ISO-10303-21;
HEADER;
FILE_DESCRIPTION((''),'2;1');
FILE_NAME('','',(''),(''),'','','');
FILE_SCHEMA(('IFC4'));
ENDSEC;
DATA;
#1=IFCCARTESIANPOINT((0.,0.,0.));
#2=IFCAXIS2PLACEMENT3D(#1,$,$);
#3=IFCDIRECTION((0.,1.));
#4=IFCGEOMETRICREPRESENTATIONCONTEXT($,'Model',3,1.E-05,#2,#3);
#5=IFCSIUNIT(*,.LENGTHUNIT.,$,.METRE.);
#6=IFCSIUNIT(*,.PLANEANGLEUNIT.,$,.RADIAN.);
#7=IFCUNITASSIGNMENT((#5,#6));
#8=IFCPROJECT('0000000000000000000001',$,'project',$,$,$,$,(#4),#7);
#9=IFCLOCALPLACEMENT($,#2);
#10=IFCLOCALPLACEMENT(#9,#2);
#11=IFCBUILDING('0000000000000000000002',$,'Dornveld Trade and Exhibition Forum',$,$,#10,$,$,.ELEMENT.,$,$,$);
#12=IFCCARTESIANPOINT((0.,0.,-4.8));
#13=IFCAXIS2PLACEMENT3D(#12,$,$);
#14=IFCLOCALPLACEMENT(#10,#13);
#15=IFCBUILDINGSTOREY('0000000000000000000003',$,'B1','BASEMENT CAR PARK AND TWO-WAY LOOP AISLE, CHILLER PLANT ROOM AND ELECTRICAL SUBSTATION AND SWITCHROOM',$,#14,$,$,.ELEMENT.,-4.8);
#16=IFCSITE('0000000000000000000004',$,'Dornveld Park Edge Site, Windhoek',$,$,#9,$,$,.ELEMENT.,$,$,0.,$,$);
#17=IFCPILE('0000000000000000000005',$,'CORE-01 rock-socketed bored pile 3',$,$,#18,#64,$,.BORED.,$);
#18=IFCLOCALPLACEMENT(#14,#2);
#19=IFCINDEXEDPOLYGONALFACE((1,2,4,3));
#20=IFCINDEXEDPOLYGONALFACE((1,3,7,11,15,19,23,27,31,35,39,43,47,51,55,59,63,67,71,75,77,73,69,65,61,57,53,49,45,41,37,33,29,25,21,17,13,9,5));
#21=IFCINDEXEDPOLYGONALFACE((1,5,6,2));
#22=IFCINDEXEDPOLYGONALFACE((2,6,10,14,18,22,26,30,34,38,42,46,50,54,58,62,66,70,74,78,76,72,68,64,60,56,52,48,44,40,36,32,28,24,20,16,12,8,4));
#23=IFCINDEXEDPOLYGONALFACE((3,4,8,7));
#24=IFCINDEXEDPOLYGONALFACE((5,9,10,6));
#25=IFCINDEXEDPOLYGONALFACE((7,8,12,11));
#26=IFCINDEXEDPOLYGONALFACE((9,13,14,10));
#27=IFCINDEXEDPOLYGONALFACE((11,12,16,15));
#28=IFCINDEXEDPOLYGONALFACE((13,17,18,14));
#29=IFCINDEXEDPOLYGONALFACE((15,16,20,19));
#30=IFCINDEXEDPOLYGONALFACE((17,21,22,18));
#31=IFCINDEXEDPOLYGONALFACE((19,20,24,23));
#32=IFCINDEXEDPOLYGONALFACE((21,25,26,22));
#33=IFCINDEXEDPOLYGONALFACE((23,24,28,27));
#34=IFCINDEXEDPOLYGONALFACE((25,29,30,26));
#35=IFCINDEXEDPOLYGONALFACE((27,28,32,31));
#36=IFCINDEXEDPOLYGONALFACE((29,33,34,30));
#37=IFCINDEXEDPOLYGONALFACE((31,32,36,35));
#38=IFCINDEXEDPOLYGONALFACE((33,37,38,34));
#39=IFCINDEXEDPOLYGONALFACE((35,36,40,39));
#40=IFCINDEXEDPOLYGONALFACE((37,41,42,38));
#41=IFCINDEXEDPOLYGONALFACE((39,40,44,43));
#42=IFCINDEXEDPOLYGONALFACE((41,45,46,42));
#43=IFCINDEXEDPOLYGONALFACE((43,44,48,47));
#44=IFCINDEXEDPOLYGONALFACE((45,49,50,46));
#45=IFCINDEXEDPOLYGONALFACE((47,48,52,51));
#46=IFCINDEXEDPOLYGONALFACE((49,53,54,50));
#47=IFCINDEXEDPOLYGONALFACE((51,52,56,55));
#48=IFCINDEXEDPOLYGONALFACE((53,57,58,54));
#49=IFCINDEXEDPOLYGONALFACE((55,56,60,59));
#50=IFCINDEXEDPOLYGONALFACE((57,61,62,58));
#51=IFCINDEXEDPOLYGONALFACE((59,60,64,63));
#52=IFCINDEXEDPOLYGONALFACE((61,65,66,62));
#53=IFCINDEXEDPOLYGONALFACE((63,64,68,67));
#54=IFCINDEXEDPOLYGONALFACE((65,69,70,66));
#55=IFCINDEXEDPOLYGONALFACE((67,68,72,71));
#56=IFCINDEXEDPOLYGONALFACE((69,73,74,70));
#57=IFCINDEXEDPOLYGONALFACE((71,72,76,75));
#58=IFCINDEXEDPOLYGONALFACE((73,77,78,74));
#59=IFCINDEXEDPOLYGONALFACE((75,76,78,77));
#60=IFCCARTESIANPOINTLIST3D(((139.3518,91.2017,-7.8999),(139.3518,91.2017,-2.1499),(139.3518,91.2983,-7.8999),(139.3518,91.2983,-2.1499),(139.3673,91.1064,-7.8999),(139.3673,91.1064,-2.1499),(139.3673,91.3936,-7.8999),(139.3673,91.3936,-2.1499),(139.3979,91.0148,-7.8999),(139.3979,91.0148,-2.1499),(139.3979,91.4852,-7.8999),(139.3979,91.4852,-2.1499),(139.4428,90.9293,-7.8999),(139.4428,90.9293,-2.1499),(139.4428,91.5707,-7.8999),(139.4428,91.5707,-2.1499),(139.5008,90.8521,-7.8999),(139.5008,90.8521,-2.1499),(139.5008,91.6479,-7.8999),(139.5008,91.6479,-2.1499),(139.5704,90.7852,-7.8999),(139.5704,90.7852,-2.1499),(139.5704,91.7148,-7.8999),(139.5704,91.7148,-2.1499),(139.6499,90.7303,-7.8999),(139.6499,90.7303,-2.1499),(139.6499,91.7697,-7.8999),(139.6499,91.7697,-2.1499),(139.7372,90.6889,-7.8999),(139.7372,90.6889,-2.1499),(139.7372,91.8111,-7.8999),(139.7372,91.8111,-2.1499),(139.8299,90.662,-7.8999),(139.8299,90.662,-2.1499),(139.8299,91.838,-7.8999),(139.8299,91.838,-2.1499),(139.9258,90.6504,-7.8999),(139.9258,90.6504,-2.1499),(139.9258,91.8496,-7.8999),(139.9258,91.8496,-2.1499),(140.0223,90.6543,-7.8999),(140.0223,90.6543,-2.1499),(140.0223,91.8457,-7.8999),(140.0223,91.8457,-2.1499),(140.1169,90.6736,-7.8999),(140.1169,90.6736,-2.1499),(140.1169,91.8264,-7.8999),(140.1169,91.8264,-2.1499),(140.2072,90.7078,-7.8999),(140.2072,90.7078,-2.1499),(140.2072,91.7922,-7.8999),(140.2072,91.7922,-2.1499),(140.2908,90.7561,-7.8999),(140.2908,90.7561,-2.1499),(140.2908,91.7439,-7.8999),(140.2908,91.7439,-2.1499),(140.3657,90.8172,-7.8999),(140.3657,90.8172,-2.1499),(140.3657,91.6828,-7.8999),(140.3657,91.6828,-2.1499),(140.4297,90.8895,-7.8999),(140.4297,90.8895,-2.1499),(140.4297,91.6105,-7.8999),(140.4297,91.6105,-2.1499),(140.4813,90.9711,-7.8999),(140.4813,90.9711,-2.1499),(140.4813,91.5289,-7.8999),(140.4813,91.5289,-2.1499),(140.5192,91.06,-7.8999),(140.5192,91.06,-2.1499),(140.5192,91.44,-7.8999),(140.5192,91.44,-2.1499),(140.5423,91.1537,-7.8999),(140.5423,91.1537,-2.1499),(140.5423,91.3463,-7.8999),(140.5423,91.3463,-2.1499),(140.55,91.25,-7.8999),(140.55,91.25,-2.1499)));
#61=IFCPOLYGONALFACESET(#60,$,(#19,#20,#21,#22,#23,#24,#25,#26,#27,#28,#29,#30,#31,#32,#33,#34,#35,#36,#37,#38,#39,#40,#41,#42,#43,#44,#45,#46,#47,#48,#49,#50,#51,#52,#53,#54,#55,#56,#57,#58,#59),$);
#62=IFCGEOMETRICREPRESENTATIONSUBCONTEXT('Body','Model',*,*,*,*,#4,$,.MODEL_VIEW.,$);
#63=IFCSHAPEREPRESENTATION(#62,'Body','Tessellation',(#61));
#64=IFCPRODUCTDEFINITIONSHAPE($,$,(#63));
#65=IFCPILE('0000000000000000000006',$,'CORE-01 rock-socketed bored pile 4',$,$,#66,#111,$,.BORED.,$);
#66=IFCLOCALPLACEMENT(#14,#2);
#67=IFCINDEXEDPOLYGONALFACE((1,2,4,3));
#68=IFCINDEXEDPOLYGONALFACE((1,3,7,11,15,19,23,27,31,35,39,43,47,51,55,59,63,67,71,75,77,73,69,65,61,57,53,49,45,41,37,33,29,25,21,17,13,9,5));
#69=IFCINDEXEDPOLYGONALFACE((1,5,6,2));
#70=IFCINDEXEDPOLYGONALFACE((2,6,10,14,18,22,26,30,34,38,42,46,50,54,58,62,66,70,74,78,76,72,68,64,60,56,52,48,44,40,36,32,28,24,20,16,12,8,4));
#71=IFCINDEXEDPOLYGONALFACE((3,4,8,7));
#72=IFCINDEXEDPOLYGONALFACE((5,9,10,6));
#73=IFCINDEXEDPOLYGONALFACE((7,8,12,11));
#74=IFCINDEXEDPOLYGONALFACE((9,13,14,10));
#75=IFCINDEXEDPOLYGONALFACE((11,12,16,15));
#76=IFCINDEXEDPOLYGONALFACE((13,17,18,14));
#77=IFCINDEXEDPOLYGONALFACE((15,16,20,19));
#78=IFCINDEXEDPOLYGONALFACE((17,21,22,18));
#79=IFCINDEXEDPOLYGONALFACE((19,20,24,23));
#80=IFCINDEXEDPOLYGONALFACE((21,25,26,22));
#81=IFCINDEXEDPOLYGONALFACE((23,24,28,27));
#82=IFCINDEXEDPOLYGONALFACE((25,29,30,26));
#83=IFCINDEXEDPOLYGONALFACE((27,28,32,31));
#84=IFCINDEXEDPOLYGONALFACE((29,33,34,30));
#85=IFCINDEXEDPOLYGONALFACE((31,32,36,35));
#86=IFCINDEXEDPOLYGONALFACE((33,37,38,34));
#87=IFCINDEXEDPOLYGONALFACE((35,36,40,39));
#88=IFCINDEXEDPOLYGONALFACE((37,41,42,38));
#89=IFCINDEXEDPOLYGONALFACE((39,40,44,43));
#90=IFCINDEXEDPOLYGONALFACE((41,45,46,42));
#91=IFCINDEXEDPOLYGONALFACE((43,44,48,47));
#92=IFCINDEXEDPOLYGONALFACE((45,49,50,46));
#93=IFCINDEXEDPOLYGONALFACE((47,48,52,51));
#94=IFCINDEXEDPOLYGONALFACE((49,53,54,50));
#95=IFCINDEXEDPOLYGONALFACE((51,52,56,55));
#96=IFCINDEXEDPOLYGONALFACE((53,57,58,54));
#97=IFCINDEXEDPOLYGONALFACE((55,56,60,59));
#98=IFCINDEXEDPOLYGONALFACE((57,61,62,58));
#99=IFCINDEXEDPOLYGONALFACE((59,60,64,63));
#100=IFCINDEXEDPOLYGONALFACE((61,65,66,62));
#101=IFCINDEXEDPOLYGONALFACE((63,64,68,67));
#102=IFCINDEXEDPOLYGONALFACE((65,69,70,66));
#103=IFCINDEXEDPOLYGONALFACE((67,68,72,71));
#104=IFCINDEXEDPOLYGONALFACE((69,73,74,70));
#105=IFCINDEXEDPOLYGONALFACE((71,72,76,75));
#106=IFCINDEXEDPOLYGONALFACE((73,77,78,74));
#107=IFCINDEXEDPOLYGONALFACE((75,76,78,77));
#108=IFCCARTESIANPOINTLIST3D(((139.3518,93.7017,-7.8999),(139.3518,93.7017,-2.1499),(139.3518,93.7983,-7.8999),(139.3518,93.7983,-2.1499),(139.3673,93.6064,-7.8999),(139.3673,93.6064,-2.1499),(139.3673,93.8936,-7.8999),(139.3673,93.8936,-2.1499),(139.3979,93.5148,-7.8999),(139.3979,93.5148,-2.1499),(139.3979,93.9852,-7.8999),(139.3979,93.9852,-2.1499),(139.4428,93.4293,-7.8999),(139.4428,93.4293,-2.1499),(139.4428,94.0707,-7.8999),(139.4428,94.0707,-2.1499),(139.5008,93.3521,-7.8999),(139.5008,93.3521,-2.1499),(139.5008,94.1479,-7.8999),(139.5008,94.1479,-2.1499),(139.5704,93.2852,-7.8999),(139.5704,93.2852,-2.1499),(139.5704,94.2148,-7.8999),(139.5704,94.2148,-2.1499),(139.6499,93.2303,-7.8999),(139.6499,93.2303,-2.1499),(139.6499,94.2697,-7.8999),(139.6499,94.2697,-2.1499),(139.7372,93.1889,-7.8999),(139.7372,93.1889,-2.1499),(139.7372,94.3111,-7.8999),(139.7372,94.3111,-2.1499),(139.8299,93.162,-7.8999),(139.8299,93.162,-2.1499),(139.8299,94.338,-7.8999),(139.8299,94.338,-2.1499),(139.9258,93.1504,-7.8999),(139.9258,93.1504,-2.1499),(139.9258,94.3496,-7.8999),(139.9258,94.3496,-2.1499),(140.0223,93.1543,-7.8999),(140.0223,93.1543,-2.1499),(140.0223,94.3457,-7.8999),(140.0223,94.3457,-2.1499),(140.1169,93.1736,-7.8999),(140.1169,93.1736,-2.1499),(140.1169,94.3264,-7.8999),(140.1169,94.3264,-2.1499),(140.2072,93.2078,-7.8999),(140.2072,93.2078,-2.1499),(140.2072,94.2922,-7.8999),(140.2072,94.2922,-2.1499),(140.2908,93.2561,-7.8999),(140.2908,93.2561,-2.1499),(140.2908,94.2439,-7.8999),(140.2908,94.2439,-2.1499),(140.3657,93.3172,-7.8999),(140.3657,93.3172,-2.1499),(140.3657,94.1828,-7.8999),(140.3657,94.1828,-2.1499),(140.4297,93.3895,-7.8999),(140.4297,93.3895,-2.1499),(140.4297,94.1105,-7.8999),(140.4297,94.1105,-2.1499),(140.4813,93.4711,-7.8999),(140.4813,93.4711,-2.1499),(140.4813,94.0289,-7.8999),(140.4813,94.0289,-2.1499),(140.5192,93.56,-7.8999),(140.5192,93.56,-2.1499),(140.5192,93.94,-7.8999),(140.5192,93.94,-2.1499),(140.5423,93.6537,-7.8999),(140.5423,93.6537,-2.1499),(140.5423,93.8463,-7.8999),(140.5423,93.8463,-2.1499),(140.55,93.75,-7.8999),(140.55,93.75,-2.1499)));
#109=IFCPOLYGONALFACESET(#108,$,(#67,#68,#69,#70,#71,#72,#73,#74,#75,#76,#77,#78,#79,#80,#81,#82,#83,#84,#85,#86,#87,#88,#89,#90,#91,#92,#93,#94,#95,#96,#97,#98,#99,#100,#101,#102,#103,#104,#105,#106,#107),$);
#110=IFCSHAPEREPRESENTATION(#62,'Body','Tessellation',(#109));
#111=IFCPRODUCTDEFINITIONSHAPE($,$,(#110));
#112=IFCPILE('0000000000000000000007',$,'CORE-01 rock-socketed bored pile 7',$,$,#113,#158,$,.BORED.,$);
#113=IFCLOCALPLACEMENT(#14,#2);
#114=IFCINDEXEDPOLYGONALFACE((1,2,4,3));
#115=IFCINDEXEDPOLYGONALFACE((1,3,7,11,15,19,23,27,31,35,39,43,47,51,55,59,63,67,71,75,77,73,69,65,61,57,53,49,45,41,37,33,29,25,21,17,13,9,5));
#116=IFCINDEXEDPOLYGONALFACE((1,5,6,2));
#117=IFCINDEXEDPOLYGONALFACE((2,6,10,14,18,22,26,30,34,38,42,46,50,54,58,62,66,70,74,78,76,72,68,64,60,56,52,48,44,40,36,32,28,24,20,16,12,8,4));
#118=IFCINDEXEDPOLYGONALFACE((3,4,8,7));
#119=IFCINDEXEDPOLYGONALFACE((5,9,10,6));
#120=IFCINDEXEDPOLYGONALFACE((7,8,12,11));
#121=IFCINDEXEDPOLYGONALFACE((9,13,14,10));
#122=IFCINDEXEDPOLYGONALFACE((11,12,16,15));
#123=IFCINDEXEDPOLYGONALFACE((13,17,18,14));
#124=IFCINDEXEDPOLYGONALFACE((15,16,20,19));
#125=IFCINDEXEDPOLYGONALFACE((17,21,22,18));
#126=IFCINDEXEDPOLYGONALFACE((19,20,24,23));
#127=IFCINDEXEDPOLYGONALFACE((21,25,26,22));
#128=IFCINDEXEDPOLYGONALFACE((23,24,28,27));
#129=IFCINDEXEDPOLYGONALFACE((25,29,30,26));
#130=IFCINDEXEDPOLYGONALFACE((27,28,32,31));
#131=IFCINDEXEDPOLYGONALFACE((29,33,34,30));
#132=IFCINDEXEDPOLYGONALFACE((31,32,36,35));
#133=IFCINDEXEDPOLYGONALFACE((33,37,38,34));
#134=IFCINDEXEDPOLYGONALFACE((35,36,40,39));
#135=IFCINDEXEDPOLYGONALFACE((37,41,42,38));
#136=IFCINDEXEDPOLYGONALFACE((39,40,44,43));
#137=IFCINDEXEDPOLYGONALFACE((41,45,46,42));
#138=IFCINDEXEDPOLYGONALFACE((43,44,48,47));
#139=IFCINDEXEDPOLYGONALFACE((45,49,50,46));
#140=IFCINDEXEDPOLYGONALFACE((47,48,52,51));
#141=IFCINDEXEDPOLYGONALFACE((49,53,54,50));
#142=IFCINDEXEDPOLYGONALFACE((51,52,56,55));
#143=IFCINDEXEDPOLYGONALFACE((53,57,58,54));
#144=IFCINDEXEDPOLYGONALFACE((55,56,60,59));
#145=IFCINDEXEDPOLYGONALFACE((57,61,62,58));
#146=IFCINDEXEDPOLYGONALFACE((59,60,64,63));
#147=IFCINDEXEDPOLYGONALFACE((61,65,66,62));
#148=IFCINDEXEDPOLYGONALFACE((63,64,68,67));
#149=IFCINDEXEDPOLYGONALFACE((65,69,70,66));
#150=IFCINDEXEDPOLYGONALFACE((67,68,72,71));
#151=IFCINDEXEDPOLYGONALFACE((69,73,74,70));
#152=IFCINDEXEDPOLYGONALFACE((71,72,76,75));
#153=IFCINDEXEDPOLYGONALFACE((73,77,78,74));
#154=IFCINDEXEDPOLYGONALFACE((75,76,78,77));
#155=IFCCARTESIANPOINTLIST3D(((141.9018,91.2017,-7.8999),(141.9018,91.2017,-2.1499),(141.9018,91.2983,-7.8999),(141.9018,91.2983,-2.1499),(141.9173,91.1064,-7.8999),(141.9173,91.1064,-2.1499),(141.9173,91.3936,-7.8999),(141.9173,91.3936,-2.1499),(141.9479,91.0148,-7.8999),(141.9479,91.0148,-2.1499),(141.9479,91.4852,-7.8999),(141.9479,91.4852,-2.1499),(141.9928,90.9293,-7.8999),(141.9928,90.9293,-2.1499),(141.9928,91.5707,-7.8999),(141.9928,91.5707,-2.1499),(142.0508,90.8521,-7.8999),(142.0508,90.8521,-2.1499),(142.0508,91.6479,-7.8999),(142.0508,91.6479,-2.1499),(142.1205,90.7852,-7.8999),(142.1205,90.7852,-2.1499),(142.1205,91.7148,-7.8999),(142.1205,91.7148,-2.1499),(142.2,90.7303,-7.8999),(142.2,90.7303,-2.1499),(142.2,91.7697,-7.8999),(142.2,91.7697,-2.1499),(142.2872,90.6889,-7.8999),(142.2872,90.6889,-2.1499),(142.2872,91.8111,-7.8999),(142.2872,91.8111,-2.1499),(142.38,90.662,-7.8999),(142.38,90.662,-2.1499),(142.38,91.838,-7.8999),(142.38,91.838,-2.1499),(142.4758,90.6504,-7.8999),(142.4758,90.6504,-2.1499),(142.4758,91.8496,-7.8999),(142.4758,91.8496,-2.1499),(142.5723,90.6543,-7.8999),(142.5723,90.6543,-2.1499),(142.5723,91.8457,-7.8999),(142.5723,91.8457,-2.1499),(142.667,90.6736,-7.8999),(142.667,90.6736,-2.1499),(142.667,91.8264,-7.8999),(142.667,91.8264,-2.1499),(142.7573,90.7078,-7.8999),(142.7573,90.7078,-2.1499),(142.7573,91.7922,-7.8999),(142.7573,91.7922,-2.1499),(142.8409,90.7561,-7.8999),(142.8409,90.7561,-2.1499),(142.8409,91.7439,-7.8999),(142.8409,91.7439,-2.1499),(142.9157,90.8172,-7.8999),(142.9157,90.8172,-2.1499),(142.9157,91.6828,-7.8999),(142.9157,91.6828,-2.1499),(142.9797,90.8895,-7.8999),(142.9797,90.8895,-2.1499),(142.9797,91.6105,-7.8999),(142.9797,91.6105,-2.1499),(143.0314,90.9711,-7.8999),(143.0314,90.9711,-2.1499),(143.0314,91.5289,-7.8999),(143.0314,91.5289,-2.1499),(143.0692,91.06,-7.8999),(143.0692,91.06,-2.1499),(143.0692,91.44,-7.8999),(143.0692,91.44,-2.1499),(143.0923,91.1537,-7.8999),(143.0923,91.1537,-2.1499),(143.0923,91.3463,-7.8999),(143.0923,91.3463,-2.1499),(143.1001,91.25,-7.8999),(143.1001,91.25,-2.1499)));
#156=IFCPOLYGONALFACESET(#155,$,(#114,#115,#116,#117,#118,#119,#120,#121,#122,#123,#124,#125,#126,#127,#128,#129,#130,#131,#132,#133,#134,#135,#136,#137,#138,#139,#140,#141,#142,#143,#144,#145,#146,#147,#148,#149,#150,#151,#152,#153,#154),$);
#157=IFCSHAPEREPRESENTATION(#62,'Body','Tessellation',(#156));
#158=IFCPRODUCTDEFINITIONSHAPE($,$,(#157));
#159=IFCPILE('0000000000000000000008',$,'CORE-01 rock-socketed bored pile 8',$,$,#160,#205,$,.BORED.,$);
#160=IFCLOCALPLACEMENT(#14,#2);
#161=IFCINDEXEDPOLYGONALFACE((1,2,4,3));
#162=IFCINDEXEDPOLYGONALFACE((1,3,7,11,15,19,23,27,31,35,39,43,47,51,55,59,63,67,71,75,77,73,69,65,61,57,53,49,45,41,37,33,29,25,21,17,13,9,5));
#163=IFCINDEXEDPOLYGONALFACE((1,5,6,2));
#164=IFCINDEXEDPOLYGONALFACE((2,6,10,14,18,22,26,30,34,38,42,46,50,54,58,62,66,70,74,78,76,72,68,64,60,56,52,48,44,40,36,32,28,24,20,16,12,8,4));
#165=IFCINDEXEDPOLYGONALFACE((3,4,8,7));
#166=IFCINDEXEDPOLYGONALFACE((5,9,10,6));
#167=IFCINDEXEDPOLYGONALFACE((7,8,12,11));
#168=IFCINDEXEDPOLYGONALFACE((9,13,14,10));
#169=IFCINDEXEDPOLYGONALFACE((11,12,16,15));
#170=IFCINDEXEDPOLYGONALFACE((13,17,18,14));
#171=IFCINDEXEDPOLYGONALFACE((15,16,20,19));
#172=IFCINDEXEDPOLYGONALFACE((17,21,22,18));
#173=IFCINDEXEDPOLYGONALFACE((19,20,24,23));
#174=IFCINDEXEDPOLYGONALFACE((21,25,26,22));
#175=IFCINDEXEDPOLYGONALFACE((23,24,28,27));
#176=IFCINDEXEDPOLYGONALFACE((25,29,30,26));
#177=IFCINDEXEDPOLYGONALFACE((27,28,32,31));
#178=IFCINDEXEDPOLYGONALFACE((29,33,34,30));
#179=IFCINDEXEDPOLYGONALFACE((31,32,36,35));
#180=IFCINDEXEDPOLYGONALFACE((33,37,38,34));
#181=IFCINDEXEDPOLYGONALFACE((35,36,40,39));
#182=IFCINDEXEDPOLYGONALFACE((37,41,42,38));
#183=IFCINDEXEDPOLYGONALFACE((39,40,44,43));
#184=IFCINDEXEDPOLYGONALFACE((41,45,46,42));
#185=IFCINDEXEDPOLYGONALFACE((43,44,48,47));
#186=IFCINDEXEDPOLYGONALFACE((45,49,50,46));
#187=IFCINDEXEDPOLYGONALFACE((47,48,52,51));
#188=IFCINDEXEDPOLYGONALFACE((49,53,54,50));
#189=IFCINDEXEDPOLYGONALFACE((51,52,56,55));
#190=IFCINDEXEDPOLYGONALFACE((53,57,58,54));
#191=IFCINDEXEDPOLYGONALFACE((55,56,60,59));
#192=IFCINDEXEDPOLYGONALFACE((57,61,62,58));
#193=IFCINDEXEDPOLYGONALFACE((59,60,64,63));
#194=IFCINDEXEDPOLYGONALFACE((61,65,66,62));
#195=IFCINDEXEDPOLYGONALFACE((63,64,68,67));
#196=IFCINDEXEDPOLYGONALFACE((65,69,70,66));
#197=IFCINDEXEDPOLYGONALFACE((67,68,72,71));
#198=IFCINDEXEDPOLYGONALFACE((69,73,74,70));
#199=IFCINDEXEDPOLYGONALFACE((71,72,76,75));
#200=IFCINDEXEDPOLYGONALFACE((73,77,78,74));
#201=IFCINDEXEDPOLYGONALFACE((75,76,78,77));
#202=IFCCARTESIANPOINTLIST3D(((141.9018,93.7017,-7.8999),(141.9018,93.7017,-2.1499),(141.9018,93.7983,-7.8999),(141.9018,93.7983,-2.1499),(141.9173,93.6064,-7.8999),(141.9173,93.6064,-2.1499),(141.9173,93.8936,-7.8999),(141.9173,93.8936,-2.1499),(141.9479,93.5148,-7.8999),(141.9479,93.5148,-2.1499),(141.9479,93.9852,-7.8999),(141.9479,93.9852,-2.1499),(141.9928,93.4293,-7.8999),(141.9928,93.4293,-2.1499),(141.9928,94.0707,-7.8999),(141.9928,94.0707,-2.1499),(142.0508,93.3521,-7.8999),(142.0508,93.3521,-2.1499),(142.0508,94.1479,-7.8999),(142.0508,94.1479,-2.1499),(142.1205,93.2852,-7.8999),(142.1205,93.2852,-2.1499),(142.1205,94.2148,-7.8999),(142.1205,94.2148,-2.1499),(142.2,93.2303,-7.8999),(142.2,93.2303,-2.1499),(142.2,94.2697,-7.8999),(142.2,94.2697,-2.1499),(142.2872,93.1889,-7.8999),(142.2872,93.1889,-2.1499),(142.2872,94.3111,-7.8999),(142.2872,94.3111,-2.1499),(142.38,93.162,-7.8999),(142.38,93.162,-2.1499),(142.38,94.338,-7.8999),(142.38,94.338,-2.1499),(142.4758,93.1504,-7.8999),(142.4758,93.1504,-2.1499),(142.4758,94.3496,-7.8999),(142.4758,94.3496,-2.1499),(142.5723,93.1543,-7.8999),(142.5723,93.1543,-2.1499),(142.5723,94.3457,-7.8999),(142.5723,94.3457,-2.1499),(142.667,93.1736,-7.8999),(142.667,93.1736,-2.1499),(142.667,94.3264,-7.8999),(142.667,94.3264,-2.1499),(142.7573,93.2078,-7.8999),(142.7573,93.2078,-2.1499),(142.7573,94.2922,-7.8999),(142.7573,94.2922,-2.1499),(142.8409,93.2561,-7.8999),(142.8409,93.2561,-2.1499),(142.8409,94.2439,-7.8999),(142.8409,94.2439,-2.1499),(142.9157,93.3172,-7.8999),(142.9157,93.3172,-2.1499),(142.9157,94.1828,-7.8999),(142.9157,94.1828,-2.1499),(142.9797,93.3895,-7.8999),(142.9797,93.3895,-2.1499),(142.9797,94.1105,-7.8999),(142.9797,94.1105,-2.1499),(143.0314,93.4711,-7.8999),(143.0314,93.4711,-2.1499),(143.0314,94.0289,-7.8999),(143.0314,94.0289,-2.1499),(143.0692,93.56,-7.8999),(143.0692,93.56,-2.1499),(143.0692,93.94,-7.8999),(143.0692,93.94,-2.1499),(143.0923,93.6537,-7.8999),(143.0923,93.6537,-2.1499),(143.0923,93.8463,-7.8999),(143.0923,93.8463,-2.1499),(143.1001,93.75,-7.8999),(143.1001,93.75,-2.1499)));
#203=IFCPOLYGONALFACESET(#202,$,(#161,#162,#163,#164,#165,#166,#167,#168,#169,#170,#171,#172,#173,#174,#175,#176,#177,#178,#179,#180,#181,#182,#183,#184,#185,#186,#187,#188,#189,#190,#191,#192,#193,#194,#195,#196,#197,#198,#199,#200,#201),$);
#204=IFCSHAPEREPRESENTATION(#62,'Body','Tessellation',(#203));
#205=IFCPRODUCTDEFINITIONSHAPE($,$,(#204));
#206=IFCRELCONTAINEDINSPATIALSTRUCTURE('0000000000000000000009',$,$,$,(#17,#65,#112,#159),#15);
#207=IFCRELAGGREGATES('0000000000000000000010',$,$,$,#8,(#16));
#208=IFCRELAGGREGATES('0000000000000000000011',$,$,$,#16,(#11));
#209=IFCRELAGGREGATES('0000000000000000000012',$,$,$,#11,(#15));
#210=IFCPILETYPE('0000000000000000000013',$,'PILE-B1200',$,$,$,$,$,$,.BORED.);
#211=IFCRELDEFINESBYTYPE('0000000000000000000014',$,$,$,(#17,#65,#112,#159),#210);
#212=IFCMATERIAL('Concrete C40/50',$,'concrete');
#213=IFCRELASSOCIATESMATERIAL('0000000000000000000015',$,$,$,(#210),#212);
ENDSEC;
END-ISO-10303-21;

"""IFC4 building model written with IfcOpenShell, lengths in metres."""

from ifc_helpers import new_model, si_unit, direction, frame, origin, origin_2d, place, context, subcontext, project, spatial, circle, extrude, material, material_profile, profile_set, type_object, element, save


model = new_model("IFC4")

# Units and contexts
model_context = context("Model", 3, precision=1e-05, world=origin(), true_north=direction((0.0, 1.0)))
body_context = subcontext(model_context, "Body", "Model", "MODEL_VIEW")
ifc_project = project(units=[si_unit("LENGTHUNIT", "METRE"), si_unit("PLANEANGLEUNIT", "RADIAN")], contexts=[model_context])

# Site, building, storey
site_placement = place(None, origin())
site = spatial("IfcSite", under=ifc_project, at=site_placement, Name="Dornveld Park Edge Site, Windhoek", CompositionType="ELEMENT", RefElevation=0.0)
building_placement = place(site_placement, origin())
building = spatial("IfcBuilding", under=site, at=building_placement, Name="Dornveld Trade and Exhibition Forum", CompositionType="ELEMENT")
storey_placement = place(building_placement, frame((0.0, 0.0, -4.8)))
storey = spatial("IfcBuildingStorey", under=building, at=storey_placement, Name="B1", Description="BASEMENT CAR PARK AND TWO-WAY LOOP AISLE, CHILLER PLANT ROOM AND ELECTRICAL SUBSTATION AND SWITCHROOM", CompositionType="ELEMENT", Elevation=-4.8)

# Piles
ifc_material_1 = material(Name="Concrete C40/50", Category="concrete")
ifc_material_profile_1 = material_profile(ifc_material_1, circle(Radius=0.6001, at=origin_2d()), Name="PILE D1200")
ifc_profile_set_1 = profile_set([ifc_material_profile_1], Name="Concrete C40/50")
pile_type_1 = type_object("IfcPileType", Name="PILE-B1200", PredefinedType="BORED", material=ifc_profile_set_1)
for number, where, z_axis, x_axis, name in (
    (1, (139.95, 91.25, -2.1499), (0.0, 0.0, -1.0), (1.0, 0.0, 0.0), "CORE-01 rock-socketed bored pile 3"),
    (2, (139.95, 93.75, -2.1499), (0.0, 0.0, -1.0), (1.0, 0.0, 0.0), "CORE-01 rock-socketed bored pile 4"),
    (3, (142.5, 91.25, -2.1499), (0.0, 0.0, -1.0), (1.0, 0.0, 0.0), "CORE-01 rock-socketed bored pile 7"),
    (4, (142.5, 93.75, -2.1499), (0.0, 0.0, -1.0), (1.0, 0.0, 0.0), "CORE-01 rock-socketed bored pile 8"),
):
    element("IfcPile", number, at=place(storey_placement, frame(where, z_axis=z_axis, x_axis=x_axis)), inside=storey, type_object=pile_type_1, Name=name, PredefinedType="BORED", context=body_context, shape_type="SweptSolid", body=[
        extrude(circle(Radius=0.6001, at=origin_2d()), origin(), (0.0, 0.0, 1.0), 5.75),
    ])

save(model, "model.ifc")
